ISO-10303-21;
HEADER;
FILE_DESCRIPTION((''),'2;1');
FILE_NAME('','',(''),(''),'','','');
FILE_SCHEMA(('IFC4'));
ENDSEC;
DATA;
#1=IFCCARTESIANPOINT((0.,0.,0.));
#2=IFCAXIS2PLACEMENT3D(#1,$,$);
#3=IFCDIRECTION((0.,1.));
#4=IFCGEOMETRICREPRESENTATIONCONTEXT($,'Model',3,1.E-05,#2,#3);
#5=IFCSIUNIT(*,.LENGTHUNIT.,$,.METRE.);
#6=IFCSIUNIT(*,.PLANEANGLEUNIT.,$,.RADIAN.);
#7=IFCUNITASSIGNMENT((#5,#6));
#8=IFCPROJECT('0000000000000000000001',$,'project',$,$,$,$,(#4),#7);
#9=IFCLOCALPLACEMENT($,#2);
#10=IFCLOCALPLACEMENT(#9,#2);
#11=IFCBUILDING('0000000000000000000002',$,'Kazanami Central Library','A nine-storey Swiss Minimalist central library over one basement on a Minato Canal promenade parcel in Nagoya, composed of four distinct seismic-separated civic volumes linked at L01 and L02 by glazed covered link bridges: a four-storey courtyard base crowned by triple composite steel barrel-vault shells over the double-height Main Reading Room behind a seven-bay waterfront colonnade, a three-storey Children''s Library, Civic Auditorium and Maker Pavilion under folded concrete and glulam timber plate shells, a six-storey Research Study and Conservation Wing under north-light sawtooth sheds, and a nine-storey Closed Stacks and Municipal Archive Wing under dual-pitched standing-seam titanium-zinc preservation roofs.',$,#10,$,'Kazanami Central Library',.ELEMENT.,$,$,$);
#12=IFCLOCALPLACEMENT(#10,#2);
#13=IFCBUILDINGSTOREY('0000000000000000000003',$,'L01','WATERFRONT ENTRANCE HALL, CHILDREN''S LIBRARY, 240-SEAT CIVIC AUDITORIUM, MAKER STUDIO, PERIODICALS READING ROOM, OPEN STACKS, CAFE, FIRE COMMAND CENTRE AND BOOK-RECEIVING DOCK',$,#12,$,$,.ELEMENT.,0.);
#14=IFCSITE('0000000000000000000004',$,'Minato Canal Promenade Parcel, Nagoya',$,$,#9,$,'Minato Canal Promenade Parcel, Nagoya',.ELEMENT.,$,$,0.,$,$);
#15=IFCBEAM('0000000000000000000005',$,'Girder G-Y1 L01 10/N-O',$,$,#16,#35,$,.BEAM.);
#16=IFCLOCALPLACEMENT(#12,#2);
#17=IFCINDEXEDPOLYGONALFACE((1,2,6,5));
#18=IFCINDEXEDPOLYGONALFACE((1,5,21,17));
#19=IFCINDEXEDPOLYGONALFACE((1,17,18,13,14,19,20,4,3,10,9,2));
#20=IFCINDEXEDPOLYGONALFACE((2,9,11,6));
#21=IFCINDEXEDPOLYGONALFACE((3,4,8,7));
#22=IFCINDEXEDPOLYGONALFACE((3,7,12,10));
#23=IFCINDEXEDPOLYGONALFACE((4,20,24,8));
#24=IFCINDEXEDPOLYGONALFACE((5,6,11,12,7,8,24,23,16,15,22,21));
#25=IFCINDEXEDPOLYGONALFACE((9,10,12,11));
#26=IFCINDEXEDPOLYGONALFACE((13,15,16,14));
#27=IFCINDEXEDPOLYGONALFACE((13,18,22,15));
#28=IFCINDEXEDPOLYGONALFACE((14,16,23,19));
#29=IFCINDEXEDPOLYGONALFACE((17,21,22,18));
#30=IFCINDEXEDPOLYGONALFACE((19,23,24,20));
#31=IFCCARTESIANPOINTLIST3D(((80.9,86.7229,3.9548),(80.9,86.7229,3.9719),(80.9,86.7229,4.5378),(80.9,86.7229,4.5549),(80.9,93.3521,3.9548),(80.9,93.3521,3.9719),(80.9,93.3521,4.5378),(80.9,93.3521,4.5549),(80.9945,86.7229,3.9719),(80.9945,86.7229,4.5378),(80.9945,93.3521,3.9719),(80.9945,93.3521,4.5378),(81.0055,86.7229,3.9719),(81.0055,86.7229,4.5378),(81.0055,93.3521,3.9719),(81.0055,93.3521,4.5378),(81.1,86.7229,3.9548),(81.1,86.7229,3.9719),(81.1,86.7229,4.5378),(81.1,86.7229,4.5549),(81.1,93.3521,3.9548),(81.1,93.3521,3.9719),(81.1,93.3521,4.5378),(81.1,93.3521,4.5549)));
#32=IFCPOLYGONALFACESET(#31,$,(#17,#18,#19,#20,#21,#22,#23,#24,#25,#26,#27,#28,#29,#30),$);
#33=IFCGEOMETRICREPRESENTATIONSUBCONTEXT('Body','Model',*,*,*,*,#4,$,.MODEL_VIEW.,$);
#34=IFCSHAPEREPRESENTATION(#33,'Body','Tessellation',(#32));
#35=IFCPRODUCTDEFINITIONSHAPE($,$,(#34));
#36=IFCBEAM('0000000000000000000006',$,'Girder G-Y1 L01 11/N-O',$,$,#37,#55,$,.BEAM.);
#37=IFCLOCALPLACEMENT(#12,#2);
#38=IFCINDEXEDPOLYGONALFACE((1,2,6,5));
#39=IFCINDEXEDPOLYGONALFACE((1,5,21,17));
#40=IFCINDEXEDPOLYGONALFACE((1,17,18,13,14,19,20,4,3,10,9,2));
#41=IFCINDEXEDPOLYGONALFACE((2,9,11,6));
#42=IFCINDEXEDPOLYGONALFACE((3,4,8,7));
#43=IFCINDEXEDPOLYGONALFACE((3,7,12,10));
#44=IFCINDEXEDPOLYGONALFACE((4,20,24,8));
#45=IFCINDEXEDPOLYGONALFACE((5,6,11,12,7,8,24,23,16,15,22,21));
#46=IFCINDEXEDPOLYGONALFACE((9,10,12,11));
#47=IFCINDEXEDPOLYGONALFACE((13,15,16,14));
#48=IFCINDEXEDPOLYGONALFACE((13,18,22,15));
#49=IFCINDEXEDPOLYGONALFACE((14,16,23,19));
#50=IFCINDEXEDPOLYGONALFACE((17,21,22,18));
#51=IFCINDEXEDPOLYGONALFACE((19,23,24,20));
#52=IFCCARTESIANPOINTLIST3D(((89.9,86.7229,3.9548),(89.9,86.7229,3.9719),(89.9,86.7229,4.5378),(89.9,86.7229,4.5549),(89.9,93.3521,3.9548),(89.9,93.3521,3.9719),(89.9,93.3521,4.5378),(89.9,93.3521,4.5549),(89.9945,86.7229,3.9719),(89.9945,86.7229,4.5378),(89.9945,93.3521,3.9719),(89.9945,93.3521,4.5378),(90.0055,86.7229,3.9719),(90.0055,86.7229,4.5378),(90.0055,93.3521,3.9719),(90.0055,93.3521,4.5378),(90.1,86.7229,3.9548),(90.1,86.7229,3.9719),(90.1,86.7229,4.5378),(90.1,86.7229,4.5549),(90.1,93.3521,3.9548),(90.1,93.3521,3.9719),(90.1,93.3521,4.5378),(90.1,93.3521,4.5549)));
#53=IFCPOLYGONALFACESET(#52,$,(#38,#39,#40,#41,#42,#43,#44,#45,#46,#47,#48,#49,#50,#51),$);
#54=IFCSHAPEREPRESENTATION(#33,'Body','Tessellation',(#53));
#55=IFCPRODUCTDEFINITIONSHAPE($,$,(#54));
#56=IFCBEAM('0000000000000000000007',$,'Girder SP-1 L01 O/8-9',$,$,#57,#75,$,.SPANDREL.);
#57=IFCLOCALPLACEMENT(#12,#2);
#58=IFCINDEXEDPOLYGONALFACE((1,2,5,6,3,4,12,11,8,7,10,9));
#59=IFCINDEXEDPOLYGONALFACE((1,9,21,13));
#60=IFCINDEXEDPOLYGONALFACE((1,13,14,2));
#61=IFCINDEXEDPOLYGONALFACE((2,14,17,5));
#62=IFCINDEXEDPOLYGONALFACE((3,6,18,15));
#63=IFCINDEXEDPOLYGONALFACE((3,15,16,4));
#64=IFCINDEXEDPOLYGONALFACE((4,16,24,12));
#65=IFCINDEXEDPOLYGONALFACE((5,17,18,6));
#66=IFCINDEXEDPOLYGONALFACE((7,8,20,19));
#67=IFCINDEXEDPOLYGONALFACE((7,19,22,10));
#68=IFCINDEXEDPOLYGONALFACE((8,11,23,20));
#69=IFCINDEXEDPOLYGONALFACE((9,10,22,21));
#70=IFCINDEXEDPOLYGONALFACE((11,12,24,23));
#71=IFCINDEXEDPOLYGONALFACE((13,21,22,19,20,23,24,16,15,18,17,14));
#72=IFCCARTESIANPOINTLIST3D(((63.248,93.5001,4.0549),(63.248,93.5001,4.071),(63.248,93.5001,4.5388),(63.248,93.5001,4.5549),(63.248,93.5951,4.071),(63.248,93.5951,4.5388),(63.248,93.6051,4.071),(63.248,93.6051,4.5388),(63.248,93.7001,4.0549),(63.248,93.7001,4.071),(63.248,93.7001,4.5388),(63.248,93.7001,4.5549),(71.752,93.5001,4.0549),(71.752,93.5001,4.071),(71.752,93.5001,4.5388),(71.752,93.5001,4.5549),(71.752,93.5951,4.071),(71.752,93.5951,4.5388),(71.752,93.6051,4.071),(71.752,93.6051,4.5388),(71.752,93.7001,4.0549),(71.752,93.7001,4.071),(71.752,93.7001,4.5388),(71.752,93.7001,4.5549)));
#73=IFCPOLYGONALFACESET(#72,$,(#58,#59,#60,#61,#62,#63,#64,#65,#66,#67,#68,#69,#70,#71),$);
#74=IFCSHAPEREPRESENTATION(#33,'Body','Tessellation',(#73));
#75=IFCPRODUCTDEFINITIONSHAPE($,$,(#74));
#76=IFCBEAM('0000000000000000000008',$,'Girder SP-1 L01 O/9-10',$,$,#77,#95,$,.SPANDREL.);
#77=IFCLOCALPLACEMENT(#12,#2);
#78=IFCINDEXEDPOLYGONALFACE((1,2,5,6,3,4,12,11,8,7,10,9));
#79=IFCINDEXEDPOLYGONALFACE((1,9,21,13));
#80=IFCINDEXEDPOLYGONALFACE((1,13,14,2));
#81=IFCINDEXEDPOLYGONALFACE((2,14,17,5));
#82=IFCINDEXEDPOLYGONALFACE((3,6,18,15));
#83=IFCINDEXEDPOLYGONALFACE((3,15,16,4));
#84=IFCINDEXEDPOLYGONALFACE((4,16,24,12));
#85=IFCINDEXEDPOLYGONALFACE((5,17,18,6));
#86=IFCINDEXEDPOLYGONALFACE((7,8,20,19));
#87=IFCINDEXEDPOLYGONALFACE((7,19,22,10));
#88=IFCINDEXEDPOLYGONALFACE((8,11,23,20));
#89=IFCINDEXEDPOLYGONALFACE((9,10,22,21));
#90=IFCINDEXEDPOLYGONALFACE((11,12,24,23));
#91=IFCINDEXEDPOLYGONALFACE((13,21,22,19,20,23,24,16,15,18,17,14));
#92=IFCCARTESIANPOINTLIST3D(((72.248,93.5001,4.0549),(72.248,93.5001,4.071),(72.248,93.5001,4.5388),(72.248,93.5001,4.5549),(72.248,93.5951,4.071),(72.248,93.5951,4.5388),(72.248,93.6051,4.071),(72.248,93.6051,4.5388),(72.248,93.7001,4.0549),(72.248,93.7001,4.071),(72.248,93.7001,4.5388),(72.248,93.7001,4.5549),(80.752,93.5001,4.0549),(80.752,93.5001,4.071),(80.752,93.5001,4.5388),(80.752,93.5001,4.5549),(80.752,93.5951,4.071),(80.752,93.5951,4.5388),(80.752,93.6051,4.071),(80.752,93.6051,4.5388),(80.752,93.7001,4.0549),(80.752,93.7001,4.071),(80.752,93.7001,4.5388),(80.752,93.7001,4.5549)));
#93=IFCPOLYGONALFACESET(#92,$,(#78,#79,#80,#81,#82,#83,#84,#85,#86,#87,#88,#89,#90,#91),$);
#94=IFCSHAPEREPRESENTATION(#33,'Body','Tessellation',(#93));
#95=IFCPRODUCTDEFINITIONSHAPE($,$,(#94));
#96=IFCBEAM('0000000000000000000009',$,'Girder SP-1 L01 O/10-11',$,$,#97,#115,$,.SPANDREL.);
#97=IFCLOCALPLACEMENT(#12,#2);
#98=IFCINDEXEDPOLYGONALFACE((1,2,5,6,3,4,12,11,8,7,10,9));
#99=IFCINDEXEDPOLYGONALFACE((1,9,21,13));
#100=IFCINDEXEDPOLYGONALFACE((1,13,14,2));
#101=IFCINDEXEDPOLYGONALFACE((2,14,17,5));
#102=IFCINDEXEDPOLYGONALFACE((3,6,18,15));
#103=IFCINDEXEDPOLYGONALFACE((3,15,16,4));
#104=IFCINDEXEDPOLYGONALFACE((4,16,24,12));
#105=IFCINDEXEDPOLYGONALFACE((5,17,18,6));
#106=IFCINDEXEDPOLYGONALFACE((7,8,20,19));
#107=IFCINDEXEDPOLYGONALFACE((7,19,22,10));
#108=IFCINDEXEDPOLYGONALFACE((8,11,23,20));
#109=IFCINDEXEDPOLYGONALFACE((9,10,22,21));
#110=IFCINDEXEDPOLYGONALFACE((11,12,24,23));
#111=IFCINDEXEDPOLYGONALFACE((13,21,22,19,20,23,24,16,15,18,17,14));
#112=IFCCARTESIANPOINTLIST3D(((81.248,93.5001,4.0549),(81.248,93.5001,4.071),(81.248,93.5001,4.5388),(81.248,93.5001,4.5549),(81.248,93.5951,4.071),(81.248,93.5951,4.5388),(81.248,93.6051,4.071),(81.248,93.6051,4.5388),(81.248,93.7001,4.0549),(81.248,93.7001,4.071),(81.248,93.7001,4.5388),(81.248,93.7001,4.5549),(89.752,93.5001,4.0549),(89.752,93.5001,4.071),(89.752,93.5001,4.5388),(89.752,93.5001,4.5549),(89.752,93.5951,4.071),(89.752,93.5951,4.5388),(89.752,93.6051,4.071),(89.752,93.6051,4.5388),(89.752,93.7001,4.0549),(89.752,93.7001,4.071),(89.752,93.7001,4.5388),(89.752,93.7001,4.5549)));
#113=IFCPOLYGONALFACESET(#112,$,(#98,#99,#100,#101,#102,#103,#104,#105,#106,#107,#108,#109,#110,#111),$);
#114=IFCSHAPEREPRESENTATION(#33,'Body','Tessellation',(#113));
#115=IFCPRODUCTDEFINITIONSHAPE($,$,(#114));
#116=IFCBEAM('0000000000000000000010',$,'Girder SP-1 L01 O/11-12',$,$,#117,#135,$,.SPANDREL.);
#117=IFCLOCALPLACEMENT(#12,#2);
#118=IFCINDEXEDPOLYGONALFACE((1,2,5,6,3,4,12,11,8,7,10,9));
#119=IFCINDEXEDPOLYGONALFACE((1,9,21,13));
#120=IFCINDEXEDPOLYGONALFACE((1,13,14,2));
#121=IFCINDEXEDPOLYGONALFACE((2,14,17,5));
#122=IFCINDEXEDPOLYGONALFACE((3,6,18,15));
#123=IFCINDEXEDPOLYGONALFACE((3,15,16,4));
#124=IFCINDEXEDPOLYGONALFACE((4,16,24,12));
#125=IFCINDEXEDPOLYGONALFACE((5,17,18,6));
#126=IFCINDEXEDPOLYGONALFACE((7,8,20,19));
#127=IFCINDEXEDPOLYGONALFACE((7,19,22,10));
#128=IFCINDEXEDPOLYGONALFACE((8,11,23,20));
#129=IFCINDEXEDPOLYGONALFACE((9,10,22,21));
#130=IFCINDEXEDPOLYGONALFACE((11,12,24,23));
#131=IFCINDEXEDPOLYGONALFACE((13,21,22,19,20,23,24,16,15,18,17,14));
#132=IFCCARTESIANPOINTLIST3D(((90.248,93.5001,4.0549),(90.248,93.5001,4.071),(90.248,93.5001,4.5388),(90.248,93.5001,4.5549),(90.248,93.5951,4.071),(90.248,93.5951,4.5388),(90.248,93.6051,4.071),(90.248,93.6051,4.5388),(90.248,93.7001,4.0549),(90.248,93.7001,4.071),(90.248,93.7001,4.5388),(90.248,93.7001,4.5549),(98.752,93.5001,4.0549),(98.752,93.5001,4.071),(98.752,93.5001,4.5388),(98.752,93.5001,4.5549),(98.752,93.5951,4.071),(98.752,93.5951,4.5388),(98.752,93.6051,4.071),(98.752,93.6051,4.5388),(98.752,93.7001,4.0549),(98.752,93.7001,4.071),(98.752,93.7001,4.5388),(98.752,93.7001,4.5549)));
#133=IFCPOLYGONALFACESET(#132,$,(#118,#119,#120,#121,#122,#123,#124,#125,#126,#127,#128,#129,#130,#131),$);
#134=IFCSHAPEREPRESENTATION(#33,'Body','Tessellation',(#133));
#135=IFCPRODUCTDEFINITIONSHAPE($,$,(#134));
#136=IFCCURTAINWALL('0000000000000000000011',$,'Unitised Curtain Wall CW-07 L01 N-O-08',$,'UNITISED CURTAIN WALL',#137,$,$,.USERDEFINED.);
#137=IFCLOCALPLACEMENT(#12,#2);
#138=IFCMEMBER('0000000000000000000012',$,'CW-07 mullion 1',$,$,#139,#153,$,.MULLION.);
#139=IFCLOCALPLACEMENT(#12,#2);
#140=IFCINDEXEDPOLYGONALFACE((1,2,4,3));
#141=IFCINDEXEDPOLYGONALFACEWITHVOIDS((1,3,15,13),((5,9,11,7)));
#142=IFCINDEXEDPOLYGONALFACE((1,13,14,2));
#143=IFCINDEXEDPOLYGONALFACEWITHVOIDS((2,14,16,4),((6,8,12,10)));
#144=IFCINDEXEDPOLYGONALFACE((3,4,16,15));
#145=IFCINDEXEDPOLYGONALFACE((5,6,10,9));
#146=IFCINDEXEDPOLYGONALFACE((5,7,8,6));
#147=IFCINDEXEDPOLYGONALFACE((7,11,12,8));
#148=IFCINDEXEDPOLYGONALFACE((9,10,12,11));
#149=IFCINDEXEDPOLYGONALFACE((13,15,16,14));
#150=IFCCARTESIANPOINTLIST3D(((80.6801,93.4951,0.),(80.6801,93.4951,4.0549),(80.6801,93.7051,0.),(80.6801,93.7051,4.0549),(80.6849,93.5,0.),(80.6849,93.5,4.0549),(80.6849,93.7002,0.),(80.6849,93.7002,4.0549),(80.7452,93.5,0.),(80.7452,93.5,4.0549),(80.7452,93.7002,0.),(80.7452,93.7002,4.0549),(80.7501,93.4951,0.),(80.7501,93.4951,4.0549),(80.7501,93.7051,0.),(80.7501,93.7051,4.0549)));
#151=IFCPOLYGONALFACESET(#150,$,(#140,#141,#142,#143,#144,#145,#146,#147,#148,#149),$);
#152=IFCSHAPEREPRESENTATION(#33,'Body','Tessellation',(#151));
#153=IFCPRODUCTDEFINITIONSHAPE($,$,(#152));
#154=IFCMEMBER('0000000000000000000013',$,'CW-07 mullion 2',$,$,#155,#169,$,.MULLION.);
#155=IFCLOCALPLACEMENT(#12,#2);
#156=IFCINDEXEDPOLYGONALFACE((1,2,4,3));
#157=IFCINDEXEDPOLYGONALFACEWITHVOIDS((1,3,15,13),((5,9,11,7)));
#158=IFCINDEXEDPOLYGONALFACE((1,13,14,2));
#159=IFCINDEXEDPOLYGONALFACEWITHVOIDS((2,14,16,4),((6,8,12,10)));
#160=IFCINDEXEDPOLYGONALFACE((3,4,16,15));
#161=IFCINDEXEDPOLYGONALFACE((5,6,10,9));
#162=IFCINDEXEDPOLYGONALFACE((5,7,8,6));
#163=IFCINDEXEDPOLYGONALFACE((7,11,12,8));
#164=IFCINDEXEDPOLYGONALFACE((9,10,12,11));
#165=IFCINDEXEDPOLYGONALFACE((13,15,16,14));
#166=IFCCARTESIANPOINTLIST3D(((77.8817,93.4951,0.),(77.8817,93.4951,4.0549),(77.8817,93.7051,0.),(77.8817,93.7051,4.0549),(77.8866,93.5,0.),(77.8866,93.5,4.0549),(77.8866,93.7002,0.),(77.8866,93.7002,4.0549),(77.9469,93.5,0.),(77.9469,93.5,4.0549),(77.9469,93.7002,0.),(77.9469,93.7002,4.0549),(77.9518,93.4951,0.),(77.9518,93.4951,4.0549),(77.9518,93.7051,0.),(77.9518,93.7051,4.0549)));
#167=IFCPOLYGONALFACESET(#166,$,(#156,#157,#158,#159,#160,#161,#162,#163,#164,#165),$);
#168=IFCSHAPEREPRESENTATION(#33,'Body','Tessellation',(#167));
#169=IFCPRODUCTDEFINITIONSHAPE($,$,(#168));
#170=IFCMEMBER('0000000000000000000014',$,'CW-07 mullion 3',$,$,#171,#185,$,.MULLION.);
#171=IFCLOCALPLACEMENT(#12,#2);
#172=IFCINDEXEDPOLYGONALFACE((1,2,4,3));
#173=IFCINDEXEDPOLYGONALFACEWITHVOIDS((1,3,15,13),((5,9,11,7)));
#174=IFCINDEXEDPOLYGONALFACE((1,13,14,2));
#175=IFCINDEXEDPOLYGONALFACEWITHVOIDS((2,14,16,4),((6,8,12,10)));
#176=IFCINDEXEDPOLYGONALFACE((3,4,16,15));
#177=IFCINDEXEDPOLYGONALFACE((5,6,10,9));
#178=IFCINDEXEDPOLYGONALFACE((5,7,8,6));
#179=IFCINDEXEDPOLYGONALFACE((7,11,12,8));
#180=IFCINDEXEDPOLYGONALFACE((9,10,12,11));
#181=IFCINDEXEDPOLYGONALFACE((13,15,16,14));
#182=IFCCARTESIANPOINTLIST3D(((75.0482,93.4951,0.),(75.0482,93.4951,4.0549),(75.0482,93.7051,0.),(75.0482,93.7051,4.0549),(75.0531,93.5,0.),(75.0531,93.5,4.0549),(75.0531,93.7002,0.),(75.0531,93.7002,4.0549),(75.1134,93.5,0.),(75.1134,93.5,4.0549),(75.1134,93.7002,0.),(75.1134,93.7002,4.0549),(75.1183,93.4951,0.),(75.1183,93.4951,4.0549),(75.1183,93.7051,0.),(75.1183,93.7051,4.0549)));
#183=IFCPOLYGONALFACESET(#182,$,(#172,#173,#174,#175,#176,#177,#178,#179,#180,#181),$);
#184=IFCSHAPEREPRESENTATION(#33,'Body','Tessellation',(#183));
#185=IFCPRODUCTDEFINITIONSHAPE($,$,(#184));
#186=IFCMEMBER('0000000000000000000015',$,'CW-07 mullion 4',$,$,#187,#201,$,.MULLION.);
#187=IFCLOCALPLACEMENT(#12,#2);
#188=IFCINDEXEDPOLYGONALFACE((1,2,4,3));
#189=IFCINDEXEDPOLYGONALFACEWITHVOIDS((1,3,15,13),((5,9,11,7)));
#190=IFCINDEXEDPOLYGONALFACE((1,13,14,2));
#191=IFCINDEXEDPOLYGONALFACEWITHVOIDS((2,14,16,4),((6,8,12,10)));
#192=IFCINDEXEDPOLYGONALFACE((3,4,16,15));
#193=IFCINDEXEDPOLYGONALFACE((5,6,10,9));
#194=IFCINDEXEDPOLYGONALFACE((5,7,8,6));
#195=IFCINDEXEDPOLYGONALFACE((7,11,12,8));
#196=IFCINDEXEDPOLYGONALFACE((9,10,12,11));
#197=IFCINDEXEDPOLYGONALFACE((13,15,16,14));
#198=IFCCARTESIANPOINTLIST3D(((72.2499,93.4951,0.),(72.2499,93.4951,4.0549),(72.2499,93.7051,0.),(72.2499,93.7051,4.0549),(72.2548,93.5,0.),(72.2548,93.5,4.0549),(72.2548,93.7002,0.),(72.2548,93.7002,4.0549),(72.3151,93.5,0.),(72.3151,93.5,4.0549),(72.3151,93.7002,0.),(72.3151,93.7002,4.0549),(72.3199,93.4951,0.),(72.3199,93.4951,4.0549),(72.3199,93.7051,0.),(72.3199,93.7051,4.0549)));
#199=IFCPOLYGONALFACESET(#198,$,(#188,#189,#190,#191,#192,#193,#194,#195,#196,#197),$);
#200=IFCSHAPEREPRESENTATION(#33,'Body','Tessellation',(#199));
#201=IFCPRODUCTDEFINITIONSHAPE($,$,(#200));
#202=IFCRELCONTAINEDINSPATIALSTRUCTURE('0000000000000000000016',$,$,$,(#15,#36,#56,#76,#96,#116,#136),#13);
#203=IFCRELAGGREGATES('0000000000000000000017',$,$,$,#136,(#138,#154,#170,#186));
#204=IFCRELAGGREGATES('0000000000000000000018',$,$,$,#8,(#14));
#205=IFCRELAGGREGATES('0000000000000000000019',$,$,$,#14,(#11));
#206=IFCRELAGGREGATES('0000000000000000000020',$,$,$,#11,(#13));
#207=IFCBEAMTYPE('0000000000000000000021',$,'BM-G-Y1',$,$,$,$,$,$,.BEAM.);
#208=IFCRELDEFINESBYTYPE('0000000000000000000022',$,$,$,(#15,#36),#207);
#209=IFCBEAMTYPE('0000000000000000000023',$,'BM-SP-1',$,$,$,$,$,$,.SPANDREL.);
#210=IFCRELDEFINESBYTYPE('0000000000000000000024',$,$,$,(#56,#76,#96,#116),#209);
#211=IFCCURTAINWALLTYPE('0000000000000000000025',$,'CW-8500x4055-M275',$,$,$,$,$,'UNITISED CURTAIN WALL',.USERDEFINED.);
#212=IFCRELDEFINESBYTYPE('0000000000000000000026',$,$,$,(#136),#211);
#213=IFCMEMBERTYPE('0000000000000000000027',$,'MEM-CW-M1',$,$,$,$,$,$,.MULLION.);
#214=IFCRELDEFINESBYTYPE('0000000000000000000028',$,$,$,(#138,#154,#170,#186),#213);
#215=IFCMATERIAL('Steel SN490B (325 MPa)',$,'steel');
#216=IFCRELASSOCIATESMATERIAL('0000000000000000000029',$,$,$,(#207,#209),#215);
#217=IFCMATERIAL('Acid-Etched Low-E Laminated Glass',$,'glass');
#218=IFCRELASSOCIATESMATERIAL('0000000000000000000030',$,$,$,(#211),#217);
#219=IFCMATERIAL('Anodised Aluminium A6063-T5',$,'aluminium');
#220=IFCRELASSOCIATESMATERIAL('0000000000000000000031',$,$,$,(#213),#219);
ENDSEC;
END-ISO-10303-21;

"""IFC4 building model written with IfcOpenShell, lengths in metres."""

from ifc_helpers import new_model, si_unit, direction, frame, origin, origin_2d, place, context, subcontext, project, spatial, hollow_rectangle, i_section, extrude, material, material_profile, profile_set, type_object, element, aggregate, save


model = new_model("IFC4")

# Units and contexts
model_context = context("Model", 3, precision=1e-05, world=origin(), true_north=direction((0.0, 1.0)))
body_context = subcontext(model_context, "Body", "Model", "MODEL_VIEW")
ifc_project = project(units=[si_unit("LENGTHUNIT", "METRE"), si_unit("PLANEANGLEUNIT", "RADIAN")], contexts=[model_context])

# Site, building, storey
site_placement = place(None, origin())
site = spatial("IfcSite", under=ifc_project, at=site_placement, Name="Minato Canal Promenade Parcel, Nagoya", LongName="Minato Canal Promenade Parcel, Nagoya", CompositionType="ELEMENT", RefElevation=0.0)
building_placement = place(site_placement, origin())
building = spatial("IfcBuilding", under=site, at=building_placement, Name="Kazanami Central Library", Description="A nine-storey Swiss Minimalist central library over one basement on a Minato Canal promenade parcel in Nagoya, composed of four distinct seismic-separated civic volumes linked at L01 and L02 by glazed covered link bridges: a four-storey courtyard base crowned by triple composite steel barrel-vault shells over the double-height Main Reading Room behind a seven-bay waterfront colonnade, a three-storey Children's Library, Civic Auditorium and Maker Pavilion under folded concrete and glulam timber plate shells, a six-storey Research Study and Conservation Wing under north-light sawtooth sheds, and a nine-storey Closed Stacks and Municipal Archive Wing under dual-pitched standing-seam titanium-zinc preservation roofs.", LongName="Kazanami Central Library", CompositionType="ELEMENT")
storey_placement = place(building_placement, origin())
storey = spatial("IfcBuildingStorey", under=building, at=storey_placement, Name="L01", Description="WATERFRONT ENTRANCE HALL, CHILDREN'S LIBRARY, 240-SEAT CIVIC AUDITORIUM, MAKER STUDIO, PERIODICALS READING ROOM, OPEN STACKS, CAFE, FIRE COMMAND CENTRE AND BOOK-RECEIVING DOCK", CompositionType="ELEMENT", Elevation=0.0)

# Beams
ifc_material_1 = material(Name="Steel SN490B (325 MPa)", Category="steel")
ifc_material_profile_1 = material_profile(ifc_material_1, i_section(OverallWidth=0.2, OverallDepth=0.6001, WebThickness=0.011, FlangeThickness=0.0171, at=origin_2d()), Name="H-600x200x11x17")
ifc_profile_set_1 = profile_set([ifc_material_profile_1], Name="Steel SN490B (325 MPa)")
beam_type_1 = type_object("IfcBeamType", Name="BM-G-Y1", PredefinedType="BEAM", material=ifc_profile_set_1)
for number, where, z_axis, x_axis, name in (
    (1, (81.0, 86.7229, 4.2549), (0.0, 1.0, 0.0), (-1.0, 0.0, 0.0), "Girder G-Y1 L01 10/N-O"),
    (2, (90.0, 86.7229, 4.2549), (0.0, 1.0, 0.0), (-1.0, 0.0, 0.0), "Girder G-Y1 L01 11/N-O"),
):
    element("IfcBeam", number, at=place(storey_placement, frame(where, z_axis=z_axis, x_axis=x_axis)), inside=storey, type_object=beam_type_1, Name=name, PredefinedType="BEAM", context=body_context, shape_type="SweptSolid", body=[
        extrude(i_section(OverallWidth=0.2, OverallDepth=0.6001, WebThickness=0.011, FlangeThickness=0.0171, at=origin_2d()), origin(), (0.0, 0.0, 1.0), 6.6292),
    ])
ifc_material_profile_2 = material_profile(ifc_material_1, i_section(OverallWidth=0.2, OverallDepth=0.5, WebThickness=0.01, FlangeThickness=0.0161, at=origin_2d()), Name="H-500x200x10x16")
ifc_profile_set_2 = profile_set([ifc_material_profile_2], Name="Steel SN490B (325 MPa)")
beam_type_2 = type_object("IfcBeamType", Name="BM-SP-1", PredefinedType="SPANDREL", material=ifc_profile_set_2)
for number, where, z_axis, x_axis, name in (
    (3, (63.248, 93.6001, 4.3049), (1.0, 0.0, 0.0), (0.0, 1.0, 0.0), "Girder SP-1 L01 O/8-9"),
    (4, (72.248, 93.6001, 4.3049), (1.0, 0.0, 0.0), (0.0, 1.0, 0.0), "Girder SP-1 L01 O/9-10"),
    (5, (81.248, 93.6001, 4.3049), (1.0, 0.0, 0.0), (0.0, 1.0, 0.0), "Girder SP-1 L01 O/10-11"),
    (6, (90.248, 93.6001, 4.3049), (1.0, 0.0, 0.0), (0.0, 1.0, 0.0), "Girder SP-1 L01 O/11-12"),
):
    element("IfcBeam", number, at=place(storey_placement, frame(where, z_axis=z_axis, x_axis=x_axis)), inside=storey, type_object=beam_type_2, Name=name, PredefinedType="SPANDREL", context=body_context, shape_type="SweptSolid", body=[
        extrude(i_section(OverallWidth=0.2, OverallDepth=0.5, WebThickness=0.01, FlangeThickness=0.0161, at=origin_2d()), origin(), (0.0, 0.0, 1.0), 8.5039),
    ])

# Curtain wall, members
ifc_material_2 = material(Name="Acid-Etched Low-E Laminated Glass", Category="glass")
curtain_wall_type = type_object("IfcCurtainWallType", Name="CW-8500x4055-M275", ElementType="UNITISED CURTAIN WALL", PredefinedType="USERDEFINED", material=ifc_material_2)
curtain_wall_placement = place(storey_placement, origin())
curtain_wall = element("IfcCurtainWall", 7, at=curtain_wall_placement, inside=storey, type_object=curtain_wall_type, Name="Unitised Curtain Wall CW-07 L01 N-O-08", ObjectType="UNITISED CURTAIN WALL", PredefinedType="USERDEFINED")
ifc_material_3 = material(Name="Anodised Aluminium A6063-T5", Category="aluminium")
ifc_material_profile_3 = material_profile(ifc_material_3, hollow_rectangle(XDim=0.0701, YDim=0.21, WallThickness=0.0049, at=origin_2d()), Name="ALU-MULL-70x210x5")
ifc_profile_set_3 = profile_set([ifc_material_profile_3], Name="Anodised Aluminium A6063-T5")
member_type_1 = type_object("IfcMemberType", Name="MEM-CW-M1", PredefinedType="MULLION", material=ifc_profile_set_3)
member_1_placement = place(storey_placement, frame((80.7151, 93.6001, 0.0), z_axis=(0.0, 0.0, 1.0), x_axis=(-1.0, 0.0, 0.0)))
member_1 = element("IfcMember", 8, at=member_1_placement, type_object=member_type_1, Name="CW-07 mullion 1", PredefinedType="MULLION", context=body_context, shape_type="SweptSolid", body=[
    extrude(hollow_rectangle(XDim=0.0701, YDim=0.21, WallThickness=0.0049, at=origin_2d()), origin(), (0.0, 0.0, 1.0), 4.0549),
])
member_2_placement = place(storey_placement, frame((77.9167, 93.6001, 0.0), z_axis=(0.0, 0.0, 1.0), x_axis=(-1.0, 0.0, 0.0)))
member_2 = element("IfcMember", 9, at=member_2_placement, type_object=member_type_1, Name="CW-07 mullion 2", PredefinedType="MULLION", context=body_context, shape_type="SweptSolid", body=[
    extrude(hollow_rectangle(XDim=0.0701, YDim=0.21, WallThickness=0.0049, at=origin_2d()), origin(), (0.0, 0.0, 1.0), 4.0549),
])
member_3_placement = place(storey_placement, frame((75.0833, 93.6001, 0.0), z_axis=(0.0, 0.0, 1.0), x_axis=(-1.0, 0.0, 0.0)))
member_3 = element("IfcMember", 10, at=member_3_placement, type_object=member_type_1, Name="CW-07 mullion 3", PredefinedType="MULLION", context=body_context, shape_type="SweptSolid", body=[
    extrude(hollow_rectangle(XDim=0.0701, YDim=0.21, WallThickness=0.0049, at=origin_2d()), origin(), (0.0, 0.0, 1.0), 4.0549),
])
member_4_placement = place(storey_placement, frame((72.2849, 93.6001, 0.0), z_axis=(0.0, 0.0, 1.0), x_axis=(-1.0, 0.0, 0.0)))
member_4 = element("IfcMember", 11, at=member_4_placement, type_object=member_type_1, Name="CW-07 mullion 4", PredefinedType="MULLION", context=body_context, shape_type="SweptSolid", body=[
    extrude(hollow_rectangle(XDim=0.0701, YDim=0.21, WallThickness=0.0049, at=origin_2d()), origin(), (0.0, 0.0, 1.0), 4.0549),
])
aggregate(curtain_wall, [member_1, member_2, member_3, member_4])

save(model, "model.ifc")
